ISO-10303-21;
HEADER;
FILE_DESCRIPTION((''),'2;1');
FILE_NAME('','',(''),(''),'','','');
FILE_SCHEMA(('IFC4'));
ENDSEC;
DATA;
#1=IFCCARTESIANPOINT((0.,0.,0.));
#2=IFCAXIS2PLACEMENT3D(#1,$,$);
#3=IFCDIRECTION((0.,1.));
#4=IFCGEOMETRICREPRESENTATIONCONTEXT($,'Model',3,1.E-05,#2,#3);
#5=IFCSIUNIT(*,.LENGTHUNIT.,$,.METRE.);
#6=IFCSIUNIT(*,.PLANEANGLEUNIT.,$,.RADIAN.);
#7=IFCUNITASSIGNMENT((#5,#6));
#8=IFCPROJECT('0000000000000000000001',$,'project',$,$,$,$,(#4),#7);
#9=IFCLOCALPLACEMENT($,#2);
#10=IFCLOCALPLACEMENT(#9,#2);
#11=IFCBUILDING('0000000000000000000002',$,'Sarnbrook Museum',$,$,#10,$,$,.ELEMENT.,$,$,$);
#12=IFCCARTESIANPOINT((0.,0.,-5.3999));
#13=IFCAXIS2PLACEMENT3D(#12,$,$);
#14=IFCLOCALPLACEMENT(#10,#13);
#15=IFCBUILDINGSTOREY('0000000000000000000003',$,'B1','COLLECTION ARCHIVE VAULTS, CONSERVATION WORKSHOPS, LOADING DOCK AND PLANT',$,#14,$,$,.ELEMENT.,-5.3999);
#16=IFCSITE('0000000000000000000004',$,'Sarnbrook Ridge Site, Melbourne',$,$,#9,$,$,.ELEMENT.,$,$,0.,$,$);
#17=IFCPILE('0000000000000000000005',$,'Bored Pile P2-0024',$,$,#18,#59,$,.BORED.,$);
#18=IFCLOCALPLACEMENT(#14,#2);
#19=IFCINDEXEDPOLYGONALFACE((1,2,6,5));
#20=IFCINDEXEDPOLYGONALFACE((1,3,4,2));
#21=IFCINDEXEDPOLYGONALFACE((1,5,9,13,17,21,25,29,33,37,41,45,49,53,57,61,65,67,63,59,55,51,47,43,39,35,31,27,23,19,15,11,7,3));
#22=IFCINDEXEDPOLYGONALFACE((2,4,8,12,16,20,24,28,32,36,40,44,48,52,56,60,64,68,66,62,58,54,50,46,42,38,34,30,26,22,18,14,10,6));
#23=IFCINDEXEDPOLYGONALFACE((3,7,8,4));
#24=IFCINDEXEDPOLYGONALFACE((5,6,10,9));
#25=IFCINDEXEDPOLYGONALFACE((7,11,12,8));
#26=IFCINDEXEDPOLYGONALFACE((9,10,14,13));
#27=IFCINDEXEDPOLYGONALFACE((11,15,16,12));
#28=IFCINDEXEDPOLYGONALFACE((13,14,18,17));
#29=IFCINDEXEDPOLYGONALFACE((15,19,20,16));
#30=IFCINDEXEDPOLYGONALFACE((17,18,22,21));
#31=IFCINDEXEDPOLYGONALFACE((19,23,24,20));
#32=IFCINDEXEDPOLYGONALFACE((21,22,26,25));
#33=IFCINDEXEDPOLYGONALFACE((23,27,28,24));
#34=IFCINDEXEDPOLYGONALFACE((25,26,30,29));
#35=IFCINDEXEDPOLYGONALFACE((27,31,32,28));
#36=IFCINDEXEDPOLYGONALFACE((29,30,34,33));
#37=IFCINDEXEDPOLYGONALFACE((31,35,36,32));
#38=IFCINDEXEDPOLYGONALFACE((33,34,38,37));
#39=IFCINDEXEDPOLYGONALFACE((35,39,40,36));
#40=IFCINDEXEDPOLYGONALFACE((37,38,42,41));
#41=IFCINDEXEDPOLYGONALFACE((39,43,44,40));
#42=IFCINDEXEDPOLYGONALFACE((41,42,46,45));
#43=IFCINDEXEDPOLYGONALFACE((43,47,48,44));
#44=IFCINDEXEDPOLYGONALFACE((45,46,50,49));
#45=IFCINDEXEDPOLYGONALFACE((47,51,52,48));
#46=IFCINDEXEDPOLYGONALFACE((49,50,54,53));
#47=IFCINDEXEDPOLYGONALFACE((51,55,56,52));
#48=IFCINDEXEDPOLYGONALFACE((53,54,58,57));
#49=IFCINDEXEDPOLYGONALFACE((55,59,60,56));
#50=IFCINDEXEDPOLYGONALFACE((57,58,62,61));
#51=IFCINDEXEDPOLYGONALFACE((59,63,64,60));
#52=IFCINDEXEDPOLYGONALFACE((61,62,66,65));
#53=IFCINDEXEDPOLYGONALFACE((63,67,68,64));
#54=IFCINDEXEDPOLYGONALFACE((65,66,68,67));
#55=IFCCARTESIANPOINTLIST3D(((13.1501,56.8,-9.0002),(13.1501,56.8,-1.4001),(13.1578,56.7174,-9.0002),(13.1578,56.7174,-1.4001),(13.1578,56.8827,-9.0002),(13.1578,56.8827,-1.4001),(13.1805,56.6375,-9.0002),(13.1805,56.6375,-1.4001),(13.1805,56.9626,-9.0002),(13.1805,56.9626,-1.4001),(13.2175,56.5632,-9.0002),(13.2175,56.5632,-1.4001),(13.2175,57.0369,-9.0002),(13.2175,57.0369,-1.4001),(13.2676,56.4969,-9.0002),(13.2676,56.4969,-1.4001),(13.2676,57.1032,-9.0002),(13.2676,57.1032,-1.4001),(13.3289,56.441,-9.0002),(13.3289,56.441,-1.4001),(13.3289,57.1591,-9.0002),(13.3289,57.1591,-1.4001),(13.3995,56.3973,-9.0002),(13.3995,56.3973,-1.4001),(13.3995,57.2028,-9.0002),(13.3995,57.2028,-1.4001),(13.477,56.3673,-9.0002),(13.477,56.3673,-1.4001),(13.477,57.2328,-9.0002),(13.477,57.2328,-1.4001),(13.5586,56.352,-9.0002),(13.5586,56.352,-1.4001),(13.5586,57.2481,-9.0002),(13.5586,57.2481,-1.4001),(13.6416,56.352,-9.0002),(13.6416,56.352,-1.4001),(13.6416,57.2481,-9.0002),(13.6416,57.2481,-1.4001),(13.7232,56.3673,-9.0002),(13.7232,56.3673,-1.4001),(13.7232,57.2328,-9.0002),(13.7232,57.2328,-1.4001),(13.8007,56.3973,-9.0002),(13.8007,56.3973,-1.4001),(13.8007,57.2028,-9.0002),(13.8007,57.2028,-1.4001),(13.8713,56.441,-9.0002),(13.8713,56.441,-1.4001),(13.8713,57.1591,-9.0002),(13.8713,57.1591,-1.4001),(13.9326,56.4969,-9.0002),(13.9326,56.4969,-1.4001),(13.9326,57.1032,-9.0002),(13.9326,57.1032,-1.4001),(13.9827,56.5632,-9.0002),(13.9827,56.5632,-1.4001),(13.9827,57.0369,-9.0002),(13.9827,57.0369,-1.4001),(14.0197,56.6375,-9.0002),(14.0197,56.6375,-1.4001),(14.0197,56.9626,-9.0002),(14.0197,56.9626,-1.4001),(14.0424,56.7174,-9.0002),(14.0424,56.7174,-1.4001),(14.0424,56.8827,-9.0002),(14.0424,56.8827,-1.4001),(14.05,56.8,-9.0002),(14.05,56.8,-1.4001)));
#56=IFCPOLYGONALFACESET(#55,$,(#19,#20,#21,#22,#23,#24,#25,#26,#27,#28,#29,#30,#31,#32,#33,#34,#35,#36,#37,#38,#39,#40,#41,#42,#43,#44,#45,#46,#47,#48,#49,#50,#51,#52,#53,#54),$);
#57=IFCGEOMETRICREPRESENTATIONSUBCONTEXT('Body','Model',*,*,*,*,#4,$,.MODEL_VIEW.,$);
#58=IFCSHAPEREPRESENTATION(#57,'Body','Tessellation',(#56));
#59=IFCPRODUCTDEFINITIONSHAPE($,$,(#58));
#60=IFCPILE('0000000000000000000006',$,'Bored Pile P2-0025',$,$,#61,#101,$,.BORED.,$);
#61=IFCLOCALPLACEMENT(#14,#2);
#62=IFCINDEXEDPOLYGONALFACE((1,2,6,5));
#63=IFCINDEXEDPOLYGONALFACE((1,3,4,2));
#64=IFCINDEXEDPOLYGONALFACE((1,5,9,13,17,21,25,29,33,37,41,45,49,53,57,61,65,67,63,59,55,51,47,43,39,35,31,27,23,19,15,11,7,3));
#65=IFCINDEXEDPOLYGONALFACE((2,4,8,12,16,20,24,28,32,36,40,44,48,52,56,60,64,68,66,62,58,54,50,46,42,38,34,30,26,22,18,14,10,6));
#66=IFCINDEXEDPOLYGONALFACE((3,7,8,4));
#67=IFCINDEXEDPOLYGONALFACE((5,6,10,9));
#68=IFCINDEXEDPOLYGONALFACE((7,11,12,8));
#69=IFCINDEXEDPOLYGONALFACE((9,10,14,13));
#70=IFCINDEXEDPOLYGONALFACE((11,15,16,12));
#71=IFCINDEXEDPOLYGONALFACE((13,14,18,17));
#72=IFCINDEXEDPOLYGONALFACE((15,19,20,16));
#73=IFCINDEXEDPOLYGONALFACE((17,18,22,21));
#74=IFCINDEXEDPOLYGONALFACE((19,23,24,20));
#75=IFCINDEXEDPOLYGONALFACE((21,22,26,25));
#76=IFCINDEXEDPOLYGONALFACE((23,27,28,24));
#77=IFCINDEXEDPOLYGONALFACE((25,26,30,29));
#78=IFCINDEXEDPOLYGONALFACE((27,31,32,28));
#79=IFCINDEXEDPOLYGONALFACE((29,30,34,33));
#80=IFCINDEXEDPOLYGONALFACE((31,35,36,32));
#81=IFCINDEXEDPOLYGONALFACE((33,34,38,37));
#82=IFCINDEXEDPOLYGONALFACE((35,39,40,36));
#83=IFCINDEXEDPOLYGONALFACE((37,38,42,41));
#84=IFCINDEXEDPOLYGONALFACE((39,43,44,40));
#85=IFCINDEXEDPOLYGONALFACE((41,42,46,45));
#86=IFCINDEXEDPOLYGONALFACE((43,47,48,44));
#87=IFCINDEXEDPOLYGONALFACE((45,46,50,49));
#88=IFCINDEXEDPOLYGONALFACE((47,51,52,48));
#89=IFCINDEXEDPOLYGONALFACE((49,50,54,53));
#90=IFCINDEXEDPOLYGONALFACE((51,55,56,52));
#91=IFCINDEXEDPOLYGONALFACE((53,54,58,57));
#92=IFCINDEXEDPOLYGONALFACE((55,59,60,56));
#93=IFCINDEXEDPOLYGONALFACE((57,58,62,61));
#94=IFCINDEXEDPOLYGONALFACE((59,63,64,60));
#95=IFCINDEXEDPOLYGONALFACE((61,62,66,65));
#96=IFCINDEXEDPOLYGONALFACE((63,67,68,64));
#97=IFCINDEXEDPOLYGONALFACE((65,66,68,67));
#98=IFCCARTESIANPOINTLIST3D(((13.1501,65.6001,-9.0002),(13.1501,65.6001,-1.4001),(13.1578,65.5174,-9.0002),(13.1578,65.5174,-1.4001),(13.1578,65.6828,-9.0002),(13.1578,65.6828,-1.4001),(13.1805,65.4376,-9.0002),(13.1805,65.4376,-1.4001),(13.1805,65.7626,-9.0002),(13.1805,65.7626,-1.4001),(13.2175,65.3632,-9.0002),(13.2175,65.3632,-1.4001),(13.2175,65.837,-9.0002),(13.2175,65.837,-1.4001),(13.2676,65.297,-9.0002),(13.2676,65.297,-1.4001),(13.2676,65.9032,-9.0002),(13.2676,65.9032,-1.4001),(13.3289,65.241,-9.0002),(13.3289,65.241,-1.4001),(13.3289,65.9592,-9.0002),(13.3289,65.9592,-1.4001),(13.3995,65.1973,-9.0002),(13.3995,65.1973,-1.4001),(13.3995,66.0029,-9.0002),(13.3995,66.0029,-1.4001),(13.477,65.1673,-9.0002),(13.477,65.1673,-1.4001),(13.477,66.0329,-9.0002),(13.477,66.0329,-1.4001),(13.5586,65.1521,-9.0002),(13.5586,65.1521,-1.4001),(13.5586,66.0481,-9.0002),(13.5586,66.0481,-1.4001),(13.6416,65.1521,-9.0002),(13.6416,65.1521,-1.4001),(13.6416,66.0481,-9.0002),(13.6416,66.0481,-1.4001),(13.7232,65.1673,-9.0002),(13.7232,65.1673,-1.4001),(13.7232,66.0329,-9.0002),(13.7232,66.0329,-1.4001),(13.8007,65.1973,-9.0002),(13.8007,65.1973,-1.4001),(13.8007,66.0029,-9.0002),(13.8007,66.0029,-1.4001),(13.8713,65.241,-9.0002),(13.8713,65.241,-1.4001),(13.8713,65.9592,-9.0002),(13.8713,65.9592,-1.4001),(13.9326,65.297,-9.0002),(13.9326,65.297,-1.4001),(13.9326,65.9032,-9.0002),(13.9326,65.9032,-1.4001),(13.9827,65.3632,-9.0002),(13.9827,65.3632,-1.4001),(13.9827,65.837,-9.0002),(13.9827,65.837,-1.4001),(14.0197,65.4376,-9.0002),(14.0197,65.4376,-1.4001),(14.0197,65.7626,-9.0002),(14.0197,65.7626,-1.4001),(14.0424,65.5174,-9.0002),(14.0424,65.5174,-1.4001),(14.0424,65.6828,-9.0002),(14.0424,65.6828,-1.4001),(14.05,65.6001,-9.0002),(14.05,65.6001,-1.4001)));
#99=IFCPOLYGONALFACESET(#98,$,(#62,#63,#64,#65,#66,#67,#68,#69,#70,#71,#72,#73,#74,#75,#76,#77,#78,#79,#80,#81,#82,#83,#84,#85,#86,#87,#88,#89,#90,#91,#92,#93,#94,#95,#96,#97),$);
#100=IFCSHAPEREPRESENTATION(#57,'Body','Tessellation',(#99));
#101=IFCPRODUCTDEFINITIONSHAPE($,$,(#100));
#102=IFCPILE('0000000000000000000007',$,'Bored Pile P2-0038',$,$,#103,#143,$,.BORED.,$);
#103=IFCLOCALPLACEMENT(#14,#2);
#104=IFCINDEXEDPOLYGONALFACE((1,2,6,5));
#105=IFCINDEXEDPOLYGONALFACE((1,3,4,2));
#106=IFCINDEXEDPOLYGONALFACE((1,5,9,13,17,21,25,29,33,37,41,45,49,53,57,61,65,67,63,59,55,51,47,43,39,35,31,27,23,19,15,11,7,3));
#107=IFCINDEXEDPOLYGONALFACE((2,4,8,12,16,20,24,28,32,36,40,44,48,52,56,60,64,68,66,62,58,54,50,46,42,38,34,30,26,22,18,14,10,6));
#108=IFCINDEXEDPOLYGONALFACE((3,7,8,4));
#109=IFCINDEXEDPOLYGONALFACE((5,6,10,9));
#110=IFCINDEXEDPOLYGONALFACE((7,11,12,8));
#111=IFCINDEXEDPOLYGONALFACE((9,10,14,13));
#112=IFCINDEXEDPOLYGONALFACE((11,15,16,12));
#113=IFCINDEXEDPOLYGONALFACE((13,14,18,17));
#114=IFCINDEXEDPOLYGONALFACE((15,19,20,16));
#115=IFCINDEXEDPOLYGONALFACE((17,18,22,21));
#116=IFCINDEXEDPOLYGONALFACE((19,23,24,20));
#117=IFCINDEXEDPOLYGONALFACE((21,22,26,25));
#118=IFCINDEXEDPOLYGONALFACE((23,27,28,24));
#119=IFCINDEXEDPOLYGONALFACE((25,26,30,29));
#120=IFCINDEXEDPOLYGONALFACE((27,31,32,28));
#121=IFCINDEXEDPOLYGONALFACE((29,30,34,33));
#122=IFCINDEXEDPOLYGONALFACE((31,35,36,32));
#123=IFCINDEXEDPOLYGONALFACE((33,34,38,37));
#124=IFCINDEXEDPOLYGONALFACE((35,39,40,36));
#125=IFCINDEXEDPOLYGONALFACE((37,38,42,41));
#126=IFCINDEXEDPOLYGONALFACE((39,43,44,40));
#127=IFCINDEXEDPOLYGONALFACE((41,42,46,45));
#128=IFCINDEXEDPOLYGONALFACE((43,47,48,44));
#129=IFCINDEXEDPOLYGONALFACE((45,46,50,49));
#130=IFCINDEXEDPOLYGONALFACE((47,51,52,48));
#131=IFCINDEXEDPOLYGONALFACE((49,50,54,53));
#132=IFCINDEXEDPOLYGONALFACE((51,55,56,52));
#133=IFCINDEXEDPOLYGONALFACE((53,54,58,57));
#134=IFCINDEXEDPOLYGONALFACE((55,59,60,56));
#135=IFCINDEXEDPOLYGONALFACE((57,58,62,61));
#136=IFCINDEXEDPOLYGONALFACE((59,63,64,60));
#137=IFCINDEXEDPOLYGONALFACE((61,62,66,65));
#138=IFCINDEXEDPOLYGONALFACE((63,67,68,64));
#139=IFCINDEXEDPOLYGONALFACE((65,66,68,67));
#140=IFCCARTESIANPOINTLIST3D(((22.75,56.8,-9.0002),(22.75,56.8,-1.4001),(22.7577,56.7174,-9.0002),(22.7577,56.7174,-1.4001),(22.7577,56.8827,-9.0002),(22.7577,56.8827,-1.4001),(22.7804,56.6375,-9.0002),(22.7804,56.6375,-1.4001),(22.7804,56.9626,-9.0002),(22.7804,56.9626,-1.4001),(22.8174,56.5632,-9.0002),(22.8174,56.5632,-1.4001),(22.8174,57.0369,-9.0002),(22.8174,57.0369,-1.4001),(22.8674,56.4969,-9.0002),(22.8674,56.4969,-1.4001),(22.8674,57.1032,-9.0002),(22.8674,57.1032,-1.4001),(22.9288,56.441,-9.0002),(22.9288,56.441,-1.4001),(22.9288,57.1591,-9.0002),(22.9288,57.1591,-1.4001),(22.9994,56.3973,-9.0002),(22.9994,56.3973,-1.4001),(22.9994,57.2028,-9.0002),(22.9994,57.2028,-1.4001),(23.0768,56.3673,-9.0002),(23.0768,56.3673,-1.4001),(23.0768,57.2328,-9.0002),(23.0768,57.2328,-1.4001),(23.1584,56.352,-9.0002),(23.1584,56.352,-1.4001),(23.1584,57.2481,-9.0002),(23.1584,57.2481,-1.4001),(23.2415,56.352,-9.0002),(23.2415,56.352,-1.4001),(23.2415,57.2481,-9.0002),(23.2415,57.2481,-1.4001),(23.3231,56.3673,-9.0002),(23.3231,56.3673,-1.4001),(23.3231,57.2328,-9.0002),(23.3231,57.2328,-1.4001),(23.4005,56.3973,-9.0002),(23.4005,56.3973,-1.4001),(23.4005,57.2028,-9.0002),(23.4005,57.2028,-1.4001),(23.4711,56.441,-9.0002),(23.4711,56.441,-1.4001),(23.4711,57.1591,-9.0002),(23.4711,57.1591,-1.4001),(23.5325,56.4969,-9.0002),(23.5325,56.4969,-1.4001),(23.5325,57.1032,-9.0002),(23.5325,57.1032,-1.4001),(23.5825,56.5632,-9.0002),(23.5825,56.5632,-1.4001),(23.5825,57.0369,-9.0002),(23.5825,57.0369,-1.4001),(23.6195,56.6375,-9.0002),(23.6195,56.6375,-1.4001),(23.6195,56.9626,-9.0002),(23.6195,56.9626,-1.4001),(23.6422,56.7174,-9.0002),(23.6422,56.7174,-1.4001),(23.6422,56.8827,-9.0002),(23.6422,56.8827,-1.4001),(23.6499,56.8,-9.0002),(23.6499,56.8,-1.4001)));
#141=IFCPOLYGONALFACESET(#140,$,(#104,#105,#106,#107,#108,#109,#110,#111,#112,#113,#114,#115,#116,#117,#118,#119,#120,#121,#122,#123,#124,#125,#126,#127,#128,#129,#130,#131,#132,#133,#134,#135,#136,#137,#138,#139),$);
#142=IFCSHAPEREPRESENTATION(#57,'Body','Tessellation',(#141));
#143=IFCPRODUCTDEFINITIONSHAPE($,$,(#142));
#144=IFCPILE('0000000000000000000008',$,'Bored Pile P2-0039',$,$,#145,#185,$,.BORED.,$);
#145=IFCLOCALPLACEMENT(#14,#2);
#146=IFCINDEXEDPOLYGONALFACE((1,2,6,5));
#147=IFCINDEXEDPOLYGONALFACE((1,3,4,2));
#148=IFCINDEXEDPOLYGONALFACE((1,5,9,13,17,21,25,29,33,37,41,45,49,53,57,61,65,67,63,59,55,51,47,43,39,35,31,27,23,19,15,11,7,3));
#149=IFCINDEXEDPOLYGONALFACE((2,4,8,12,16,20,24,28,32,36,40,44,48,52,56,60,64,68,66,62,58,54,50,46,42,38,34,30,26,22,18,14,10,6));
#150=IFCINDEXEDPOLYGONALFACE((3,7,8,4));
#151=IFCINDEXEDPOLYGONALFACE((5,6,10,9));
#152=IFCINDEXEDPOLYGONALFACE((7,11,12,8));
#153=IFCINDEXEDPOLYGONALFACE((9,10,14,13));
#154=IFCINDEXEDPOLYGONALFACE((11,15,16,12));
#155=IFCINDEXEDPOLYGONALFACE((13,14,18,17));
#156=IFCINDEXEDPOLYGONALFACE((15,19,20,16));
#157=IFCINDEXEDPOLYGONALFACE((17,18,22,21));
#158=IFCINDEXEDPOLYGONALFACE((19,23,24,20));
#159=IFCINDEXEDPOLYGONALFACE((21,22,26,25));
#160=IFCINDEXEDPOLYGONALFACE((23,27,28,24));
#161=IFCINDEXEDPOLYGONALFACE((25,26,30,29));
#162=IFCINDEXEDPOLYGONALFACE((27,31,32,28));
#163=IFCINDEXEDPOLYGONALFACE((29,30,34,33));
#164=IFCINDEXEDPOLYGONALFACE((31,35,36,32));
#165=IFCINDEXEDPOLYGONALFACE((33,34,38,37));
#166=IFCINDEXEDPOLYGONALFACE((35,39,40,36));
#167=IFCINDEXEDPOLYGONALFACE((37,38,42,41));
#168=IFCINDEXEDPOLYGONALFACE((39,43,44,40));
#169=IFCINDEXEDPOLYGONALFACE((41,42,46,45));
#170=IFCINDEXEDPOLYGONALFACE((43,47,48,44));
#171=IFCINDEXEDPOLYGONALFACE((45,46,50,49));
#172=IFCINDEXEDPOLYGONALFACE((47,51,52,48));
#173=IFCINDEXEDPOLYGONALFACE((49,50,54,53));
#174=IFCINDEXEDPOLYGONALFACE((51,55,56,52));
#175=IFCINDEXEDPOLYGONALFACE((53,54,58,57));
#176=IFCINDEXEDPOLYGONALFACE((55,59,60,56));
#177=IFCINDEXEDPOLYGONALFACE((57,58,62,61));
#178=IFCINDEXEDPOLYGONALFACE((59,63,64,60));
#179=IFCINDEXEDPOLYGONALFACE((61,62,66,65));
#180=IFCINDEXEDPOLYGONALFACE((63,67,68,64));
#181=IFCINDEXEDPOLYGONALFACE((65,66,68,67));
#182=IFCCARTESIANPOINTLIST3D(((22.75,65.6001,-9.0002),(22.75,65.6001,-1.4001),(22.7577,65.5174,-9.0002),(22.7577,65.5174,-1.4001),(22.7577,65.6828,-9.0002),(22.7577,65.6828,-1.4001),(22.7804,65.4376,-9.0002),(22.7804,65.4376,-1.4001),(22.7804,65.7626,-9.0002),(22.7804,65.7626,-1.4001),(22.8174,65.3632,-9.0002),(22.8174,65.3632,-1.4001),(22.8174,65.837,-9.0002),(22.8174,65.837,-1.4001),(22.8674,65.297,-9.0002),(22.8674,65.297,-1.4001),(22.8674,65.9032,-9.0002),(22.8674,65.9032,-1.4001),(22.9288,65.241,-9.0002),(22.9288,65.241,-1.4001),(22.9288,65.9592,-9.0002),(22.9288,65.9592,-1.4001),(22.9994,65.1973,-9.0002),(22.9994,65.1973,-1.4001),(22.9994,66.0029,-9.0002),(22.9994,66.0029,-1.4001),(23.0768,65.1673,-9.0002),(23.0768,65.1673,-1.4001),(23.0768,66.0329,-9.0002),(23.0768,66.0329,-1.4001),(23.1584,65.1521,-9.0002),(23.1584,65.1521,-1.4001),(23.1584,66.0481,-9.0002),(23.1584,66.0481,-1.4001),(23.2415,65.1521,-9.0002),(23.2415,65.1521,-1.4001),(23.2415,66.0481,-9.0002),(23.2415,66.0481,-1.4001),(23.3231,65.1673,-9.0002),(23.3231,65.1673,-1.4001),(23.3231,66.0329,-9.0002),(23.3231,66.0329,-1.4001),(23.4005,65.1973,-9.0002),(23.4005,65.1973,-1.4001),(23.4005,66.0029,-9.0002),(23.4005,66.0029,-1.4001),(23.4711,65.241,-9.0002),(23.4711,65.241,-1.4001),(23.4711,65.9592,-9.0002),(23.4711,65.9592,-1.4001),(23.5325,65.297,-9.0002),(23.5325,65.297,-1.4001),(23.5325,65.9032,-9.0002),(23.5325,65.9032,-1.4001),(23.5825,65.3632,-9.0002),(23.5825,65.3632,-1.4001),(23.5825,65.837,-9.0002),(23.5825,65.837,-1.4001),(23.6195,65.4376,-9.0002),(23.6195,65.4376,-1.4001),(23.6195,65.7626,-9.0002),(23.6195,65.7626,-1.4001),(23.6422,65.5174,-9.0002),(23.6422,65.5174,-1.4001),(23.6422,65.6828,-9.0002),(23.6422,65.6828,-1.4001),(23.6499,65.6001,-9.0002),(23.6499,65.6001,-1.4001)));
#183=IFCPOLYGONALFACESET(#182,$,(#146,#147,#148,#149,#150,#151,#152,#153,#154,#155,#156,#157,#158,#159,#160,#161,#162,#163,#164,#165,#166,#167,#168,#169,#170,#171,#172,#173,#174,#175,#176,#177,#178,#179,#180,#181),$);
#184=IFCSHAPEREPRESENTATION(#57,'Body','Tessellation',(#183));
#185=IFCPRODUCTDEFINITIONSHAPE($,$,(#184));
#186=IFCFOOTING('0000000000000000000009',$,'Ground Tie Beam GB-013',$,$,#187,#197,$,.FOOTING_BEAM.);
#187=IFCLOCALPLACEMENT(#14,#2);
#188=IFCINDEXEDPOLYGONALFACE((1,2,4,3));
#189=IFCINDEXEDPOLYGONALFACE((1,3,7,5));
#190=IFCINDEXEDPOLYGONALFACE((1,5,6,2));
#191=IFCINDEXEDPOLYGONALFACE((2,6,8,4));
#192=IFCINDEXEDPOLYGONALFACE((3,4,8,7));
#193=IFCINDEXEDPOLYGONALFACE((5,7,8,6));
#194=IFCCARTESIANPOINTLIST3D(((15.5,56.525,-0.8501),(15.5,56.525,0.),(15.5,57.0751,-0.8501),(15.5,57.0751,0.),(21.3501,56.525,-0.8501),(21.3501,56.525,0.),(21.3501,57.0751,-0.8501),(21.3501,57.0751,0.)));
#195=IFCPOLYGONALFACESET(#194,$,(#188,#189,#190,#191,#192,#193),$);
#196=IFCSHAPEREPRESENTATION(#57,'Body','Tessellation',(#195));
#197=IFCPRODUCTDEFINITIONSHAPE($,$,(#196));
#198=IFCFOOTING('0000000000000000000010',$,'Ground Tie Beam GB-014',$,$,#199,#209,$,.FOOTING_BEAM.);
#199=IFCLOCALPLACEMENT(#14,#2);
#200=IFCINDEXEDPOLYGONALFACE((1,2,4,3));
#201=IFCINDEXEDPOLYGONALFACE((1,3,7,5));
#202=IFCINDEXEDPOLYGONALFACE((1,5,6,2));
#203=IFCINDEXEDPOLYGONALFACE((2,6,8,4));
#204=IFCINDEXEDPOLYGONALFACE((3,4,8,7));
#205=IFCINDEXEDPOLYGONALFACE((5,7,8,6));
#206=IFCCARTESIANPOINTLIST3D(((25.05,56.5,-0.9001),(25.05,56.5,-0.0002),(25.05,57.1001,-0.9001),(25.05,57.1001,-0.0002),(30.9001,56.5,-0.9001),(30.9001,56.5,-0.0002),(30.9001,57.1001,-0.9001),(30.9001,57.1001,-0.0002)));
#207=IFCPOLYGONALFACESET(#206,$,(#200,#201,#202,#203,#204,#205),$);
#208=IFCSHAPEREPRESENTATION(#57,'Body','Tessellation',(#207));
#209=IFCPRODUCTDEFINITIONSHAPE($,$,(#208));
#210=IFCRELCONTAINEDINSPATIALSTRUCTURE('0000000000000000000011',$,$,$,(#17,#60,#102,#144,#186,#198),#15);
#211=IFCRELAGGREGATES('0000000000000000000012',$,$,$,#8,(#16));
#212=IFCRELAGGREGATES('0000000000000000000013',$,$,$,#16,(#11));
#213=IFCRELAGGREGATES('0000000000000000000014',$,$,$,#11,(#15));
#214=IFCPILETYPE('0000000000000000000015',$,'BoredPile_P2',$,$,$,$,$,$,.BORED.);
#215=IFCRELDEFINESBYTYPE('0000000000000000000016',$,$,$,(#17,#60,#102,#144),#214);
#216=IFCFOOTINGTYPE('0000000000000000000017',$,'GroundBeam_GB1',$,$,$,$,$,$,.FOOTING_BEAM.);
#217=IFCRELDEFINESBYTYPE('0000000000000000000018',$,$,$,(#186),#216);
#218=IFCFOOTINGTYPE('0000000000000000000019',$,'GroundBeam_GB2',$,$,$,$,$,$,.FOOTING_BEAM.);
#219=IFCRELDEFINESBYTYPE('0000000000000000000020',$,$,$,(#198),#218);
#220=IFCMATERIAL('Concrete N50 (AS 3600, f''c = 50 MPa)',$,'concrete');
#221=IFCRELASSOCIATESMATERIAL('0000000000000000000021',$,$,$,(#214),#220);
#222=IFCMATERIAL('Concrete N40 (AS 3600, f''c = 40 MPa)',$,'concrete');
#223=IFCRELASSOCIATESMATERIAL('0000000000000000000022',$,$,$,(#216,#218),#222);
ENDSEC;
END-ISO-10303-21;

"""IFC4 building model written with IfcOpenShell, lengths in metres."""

from ifc_helpers import new_model, si_unit, direction, frame, origin, origin_2d, place, context, subcontext, project, spatial, rectangle, circle, extrude, material, material_profile, profile_set, type_object, element, save


model = new_model("IFC4")

# Units and contexts
model_context = context("Model", 3, precision=1e-05, world=origin(), true_north=direction((0.0, 1.0)))
body_context = subcontext(model_context, "Body", "Model", "MODEL_VIEW")
ifc_project = project(units=[si_unit("LENGTHUNIT", "METRE"), si_unit("PLANEANGLEUNIT", "RADIAN")], contexts=[model_context])

# Site, building, storey
site_placement = place(None, origin())
site = spatial("IfcSite", under=ifc_project, at=site_placement, Name="Sarnbrook Ridge Site, Melbourne", CompositionType="ELEMENT", RefElevation=0.0)
building_placement = place(site_placement, origin())
building = spatial("IfcBuilding", under=site, at=building_placement, Name="Sarnbrook Museum", CompositionType="ELEMENT")
storey_placement = place(building_placement, frame((0.0, 0.0, -5.3999)))
storey = spatial("IfcBuildingStorey", under=building, at=storey_placement, Name="B1", Description="COLLECTION ARCHIVE VAULTS, CONSERVATION WORKSHOPS, LOADING DOCK AND PLANT", CompositionType="ELEMENT", Elevation=-5.3999)

# Piles
ifc_material_1 = material(Name="Concrete N50 (AS 3600, f'c = 50 MPa)", Category="concrete")
ifc_material_profile_1 = material_profile(ifc_material_1, circle(Radius=0.45, at=origin_2d()), Name="BORED PILE D900")
ifc_profile_set_1 = profile_set([ifc_material_profile_1], Name="Concrete N50 (AS 3600, f'c = 50 MPa)")
pile_type = type_object("IfcPileType", Name="BoredPile_P2", PredefinedType="BORED", material=ifc_profile_set_1)
for number, where, z_axis, x_axis, name in (
    (1, (13.6001, 56.8, -1.4001), (0.0, 0.0, -1.0), (1.0, 0.0, 0.0), "Bored Pile P2-0024"),
    (2, (13.6001, 65.6001, -1.4001), (0.0, 0.0, -1.0), (1.0, 0.0, 0.0), "Bored Pile P2-0025"),
    (3, (23.2, 56.8, -1.4001), (0.0, 0.0, -1.0), (1.0, 0.0, 0.0), "Bored Pile P2-0038"),
    (4, (23.2, 65.6001, -1.4001), (0.0, 0.0, -1.0), (1.0, 0.0, 0.0), "Bored Pile P2-0039"),
):
    element("IfcPile", number, at=place(storey_placement, frame(where, z_axis=z_axis, x_axis=x_axis)), inside=storey, type_object=pile_type, Name=name, PredefinedType="BORED", context=body_context, shape_type="SweptSolid", body=[
        extrude(circle(Radius=0.45, at=origin_2d()), origin(), (0.0, 0.0, 1.0), 7.6001),
    ])

# Footings
ifc_material_2 = material(Name="Concrete N40 (AS 3600, f'c = 40 MPa)", Category="concrete")
footing_type_1 = type_object("IfcFootingType", Name="GroundBeam_GB1", PredefinedType="FOOTING_BEAM", material=ifc_material_2)
footing_1_placement = place(storey_placement, frame((18.425, 56.8, -0.8501), z_axis=(0.0, 0.0, 1.0), x_axis=(1.0, 0.0, 0.0)))
element("IfcFooting", 5, at=footing_1_placement, inside=storey, type_object=footing_type_1, Name="Ground Tie Beam GB-013", PredefinedType="FOOTING_BEAM", context=body_context, shape_type="SweptSolid", body=[
    extrude(rectangle(XDim=5.8501, YDim=0.55, at=origin_2d()), origin(), (0.0, 0.0, 1.0), 0.8501),
])
footing_type_2 = type_object("IfcFootingType", Name="GroundBeam_GB2", PredefinedType="FOOTING_BEAM", material=ifc_material_2)
footing_2_placement = place(storey_placement, frame((27.9751, 56.8, -0.9001), z_axis=(0.0, 0.0, 1.0), x_axis=(1.0, 0.0, 0.0)))
element("IfcFooting", 6, at=footing_2_placement, inside=storey, type_object=footing_type_2, Name="Ground Tie Beam GB-014", PredefinedType="FOOTING_BEAM", context=body_context, shape_type="SweptSolid", body=[
    extrude(rectangle(XDim=5.8501, YDim=0.6001, at=origin_2d()), origin(), (0.0, 0.0, 1.0), 0.8999),
])

save(model, "model.ifc")
